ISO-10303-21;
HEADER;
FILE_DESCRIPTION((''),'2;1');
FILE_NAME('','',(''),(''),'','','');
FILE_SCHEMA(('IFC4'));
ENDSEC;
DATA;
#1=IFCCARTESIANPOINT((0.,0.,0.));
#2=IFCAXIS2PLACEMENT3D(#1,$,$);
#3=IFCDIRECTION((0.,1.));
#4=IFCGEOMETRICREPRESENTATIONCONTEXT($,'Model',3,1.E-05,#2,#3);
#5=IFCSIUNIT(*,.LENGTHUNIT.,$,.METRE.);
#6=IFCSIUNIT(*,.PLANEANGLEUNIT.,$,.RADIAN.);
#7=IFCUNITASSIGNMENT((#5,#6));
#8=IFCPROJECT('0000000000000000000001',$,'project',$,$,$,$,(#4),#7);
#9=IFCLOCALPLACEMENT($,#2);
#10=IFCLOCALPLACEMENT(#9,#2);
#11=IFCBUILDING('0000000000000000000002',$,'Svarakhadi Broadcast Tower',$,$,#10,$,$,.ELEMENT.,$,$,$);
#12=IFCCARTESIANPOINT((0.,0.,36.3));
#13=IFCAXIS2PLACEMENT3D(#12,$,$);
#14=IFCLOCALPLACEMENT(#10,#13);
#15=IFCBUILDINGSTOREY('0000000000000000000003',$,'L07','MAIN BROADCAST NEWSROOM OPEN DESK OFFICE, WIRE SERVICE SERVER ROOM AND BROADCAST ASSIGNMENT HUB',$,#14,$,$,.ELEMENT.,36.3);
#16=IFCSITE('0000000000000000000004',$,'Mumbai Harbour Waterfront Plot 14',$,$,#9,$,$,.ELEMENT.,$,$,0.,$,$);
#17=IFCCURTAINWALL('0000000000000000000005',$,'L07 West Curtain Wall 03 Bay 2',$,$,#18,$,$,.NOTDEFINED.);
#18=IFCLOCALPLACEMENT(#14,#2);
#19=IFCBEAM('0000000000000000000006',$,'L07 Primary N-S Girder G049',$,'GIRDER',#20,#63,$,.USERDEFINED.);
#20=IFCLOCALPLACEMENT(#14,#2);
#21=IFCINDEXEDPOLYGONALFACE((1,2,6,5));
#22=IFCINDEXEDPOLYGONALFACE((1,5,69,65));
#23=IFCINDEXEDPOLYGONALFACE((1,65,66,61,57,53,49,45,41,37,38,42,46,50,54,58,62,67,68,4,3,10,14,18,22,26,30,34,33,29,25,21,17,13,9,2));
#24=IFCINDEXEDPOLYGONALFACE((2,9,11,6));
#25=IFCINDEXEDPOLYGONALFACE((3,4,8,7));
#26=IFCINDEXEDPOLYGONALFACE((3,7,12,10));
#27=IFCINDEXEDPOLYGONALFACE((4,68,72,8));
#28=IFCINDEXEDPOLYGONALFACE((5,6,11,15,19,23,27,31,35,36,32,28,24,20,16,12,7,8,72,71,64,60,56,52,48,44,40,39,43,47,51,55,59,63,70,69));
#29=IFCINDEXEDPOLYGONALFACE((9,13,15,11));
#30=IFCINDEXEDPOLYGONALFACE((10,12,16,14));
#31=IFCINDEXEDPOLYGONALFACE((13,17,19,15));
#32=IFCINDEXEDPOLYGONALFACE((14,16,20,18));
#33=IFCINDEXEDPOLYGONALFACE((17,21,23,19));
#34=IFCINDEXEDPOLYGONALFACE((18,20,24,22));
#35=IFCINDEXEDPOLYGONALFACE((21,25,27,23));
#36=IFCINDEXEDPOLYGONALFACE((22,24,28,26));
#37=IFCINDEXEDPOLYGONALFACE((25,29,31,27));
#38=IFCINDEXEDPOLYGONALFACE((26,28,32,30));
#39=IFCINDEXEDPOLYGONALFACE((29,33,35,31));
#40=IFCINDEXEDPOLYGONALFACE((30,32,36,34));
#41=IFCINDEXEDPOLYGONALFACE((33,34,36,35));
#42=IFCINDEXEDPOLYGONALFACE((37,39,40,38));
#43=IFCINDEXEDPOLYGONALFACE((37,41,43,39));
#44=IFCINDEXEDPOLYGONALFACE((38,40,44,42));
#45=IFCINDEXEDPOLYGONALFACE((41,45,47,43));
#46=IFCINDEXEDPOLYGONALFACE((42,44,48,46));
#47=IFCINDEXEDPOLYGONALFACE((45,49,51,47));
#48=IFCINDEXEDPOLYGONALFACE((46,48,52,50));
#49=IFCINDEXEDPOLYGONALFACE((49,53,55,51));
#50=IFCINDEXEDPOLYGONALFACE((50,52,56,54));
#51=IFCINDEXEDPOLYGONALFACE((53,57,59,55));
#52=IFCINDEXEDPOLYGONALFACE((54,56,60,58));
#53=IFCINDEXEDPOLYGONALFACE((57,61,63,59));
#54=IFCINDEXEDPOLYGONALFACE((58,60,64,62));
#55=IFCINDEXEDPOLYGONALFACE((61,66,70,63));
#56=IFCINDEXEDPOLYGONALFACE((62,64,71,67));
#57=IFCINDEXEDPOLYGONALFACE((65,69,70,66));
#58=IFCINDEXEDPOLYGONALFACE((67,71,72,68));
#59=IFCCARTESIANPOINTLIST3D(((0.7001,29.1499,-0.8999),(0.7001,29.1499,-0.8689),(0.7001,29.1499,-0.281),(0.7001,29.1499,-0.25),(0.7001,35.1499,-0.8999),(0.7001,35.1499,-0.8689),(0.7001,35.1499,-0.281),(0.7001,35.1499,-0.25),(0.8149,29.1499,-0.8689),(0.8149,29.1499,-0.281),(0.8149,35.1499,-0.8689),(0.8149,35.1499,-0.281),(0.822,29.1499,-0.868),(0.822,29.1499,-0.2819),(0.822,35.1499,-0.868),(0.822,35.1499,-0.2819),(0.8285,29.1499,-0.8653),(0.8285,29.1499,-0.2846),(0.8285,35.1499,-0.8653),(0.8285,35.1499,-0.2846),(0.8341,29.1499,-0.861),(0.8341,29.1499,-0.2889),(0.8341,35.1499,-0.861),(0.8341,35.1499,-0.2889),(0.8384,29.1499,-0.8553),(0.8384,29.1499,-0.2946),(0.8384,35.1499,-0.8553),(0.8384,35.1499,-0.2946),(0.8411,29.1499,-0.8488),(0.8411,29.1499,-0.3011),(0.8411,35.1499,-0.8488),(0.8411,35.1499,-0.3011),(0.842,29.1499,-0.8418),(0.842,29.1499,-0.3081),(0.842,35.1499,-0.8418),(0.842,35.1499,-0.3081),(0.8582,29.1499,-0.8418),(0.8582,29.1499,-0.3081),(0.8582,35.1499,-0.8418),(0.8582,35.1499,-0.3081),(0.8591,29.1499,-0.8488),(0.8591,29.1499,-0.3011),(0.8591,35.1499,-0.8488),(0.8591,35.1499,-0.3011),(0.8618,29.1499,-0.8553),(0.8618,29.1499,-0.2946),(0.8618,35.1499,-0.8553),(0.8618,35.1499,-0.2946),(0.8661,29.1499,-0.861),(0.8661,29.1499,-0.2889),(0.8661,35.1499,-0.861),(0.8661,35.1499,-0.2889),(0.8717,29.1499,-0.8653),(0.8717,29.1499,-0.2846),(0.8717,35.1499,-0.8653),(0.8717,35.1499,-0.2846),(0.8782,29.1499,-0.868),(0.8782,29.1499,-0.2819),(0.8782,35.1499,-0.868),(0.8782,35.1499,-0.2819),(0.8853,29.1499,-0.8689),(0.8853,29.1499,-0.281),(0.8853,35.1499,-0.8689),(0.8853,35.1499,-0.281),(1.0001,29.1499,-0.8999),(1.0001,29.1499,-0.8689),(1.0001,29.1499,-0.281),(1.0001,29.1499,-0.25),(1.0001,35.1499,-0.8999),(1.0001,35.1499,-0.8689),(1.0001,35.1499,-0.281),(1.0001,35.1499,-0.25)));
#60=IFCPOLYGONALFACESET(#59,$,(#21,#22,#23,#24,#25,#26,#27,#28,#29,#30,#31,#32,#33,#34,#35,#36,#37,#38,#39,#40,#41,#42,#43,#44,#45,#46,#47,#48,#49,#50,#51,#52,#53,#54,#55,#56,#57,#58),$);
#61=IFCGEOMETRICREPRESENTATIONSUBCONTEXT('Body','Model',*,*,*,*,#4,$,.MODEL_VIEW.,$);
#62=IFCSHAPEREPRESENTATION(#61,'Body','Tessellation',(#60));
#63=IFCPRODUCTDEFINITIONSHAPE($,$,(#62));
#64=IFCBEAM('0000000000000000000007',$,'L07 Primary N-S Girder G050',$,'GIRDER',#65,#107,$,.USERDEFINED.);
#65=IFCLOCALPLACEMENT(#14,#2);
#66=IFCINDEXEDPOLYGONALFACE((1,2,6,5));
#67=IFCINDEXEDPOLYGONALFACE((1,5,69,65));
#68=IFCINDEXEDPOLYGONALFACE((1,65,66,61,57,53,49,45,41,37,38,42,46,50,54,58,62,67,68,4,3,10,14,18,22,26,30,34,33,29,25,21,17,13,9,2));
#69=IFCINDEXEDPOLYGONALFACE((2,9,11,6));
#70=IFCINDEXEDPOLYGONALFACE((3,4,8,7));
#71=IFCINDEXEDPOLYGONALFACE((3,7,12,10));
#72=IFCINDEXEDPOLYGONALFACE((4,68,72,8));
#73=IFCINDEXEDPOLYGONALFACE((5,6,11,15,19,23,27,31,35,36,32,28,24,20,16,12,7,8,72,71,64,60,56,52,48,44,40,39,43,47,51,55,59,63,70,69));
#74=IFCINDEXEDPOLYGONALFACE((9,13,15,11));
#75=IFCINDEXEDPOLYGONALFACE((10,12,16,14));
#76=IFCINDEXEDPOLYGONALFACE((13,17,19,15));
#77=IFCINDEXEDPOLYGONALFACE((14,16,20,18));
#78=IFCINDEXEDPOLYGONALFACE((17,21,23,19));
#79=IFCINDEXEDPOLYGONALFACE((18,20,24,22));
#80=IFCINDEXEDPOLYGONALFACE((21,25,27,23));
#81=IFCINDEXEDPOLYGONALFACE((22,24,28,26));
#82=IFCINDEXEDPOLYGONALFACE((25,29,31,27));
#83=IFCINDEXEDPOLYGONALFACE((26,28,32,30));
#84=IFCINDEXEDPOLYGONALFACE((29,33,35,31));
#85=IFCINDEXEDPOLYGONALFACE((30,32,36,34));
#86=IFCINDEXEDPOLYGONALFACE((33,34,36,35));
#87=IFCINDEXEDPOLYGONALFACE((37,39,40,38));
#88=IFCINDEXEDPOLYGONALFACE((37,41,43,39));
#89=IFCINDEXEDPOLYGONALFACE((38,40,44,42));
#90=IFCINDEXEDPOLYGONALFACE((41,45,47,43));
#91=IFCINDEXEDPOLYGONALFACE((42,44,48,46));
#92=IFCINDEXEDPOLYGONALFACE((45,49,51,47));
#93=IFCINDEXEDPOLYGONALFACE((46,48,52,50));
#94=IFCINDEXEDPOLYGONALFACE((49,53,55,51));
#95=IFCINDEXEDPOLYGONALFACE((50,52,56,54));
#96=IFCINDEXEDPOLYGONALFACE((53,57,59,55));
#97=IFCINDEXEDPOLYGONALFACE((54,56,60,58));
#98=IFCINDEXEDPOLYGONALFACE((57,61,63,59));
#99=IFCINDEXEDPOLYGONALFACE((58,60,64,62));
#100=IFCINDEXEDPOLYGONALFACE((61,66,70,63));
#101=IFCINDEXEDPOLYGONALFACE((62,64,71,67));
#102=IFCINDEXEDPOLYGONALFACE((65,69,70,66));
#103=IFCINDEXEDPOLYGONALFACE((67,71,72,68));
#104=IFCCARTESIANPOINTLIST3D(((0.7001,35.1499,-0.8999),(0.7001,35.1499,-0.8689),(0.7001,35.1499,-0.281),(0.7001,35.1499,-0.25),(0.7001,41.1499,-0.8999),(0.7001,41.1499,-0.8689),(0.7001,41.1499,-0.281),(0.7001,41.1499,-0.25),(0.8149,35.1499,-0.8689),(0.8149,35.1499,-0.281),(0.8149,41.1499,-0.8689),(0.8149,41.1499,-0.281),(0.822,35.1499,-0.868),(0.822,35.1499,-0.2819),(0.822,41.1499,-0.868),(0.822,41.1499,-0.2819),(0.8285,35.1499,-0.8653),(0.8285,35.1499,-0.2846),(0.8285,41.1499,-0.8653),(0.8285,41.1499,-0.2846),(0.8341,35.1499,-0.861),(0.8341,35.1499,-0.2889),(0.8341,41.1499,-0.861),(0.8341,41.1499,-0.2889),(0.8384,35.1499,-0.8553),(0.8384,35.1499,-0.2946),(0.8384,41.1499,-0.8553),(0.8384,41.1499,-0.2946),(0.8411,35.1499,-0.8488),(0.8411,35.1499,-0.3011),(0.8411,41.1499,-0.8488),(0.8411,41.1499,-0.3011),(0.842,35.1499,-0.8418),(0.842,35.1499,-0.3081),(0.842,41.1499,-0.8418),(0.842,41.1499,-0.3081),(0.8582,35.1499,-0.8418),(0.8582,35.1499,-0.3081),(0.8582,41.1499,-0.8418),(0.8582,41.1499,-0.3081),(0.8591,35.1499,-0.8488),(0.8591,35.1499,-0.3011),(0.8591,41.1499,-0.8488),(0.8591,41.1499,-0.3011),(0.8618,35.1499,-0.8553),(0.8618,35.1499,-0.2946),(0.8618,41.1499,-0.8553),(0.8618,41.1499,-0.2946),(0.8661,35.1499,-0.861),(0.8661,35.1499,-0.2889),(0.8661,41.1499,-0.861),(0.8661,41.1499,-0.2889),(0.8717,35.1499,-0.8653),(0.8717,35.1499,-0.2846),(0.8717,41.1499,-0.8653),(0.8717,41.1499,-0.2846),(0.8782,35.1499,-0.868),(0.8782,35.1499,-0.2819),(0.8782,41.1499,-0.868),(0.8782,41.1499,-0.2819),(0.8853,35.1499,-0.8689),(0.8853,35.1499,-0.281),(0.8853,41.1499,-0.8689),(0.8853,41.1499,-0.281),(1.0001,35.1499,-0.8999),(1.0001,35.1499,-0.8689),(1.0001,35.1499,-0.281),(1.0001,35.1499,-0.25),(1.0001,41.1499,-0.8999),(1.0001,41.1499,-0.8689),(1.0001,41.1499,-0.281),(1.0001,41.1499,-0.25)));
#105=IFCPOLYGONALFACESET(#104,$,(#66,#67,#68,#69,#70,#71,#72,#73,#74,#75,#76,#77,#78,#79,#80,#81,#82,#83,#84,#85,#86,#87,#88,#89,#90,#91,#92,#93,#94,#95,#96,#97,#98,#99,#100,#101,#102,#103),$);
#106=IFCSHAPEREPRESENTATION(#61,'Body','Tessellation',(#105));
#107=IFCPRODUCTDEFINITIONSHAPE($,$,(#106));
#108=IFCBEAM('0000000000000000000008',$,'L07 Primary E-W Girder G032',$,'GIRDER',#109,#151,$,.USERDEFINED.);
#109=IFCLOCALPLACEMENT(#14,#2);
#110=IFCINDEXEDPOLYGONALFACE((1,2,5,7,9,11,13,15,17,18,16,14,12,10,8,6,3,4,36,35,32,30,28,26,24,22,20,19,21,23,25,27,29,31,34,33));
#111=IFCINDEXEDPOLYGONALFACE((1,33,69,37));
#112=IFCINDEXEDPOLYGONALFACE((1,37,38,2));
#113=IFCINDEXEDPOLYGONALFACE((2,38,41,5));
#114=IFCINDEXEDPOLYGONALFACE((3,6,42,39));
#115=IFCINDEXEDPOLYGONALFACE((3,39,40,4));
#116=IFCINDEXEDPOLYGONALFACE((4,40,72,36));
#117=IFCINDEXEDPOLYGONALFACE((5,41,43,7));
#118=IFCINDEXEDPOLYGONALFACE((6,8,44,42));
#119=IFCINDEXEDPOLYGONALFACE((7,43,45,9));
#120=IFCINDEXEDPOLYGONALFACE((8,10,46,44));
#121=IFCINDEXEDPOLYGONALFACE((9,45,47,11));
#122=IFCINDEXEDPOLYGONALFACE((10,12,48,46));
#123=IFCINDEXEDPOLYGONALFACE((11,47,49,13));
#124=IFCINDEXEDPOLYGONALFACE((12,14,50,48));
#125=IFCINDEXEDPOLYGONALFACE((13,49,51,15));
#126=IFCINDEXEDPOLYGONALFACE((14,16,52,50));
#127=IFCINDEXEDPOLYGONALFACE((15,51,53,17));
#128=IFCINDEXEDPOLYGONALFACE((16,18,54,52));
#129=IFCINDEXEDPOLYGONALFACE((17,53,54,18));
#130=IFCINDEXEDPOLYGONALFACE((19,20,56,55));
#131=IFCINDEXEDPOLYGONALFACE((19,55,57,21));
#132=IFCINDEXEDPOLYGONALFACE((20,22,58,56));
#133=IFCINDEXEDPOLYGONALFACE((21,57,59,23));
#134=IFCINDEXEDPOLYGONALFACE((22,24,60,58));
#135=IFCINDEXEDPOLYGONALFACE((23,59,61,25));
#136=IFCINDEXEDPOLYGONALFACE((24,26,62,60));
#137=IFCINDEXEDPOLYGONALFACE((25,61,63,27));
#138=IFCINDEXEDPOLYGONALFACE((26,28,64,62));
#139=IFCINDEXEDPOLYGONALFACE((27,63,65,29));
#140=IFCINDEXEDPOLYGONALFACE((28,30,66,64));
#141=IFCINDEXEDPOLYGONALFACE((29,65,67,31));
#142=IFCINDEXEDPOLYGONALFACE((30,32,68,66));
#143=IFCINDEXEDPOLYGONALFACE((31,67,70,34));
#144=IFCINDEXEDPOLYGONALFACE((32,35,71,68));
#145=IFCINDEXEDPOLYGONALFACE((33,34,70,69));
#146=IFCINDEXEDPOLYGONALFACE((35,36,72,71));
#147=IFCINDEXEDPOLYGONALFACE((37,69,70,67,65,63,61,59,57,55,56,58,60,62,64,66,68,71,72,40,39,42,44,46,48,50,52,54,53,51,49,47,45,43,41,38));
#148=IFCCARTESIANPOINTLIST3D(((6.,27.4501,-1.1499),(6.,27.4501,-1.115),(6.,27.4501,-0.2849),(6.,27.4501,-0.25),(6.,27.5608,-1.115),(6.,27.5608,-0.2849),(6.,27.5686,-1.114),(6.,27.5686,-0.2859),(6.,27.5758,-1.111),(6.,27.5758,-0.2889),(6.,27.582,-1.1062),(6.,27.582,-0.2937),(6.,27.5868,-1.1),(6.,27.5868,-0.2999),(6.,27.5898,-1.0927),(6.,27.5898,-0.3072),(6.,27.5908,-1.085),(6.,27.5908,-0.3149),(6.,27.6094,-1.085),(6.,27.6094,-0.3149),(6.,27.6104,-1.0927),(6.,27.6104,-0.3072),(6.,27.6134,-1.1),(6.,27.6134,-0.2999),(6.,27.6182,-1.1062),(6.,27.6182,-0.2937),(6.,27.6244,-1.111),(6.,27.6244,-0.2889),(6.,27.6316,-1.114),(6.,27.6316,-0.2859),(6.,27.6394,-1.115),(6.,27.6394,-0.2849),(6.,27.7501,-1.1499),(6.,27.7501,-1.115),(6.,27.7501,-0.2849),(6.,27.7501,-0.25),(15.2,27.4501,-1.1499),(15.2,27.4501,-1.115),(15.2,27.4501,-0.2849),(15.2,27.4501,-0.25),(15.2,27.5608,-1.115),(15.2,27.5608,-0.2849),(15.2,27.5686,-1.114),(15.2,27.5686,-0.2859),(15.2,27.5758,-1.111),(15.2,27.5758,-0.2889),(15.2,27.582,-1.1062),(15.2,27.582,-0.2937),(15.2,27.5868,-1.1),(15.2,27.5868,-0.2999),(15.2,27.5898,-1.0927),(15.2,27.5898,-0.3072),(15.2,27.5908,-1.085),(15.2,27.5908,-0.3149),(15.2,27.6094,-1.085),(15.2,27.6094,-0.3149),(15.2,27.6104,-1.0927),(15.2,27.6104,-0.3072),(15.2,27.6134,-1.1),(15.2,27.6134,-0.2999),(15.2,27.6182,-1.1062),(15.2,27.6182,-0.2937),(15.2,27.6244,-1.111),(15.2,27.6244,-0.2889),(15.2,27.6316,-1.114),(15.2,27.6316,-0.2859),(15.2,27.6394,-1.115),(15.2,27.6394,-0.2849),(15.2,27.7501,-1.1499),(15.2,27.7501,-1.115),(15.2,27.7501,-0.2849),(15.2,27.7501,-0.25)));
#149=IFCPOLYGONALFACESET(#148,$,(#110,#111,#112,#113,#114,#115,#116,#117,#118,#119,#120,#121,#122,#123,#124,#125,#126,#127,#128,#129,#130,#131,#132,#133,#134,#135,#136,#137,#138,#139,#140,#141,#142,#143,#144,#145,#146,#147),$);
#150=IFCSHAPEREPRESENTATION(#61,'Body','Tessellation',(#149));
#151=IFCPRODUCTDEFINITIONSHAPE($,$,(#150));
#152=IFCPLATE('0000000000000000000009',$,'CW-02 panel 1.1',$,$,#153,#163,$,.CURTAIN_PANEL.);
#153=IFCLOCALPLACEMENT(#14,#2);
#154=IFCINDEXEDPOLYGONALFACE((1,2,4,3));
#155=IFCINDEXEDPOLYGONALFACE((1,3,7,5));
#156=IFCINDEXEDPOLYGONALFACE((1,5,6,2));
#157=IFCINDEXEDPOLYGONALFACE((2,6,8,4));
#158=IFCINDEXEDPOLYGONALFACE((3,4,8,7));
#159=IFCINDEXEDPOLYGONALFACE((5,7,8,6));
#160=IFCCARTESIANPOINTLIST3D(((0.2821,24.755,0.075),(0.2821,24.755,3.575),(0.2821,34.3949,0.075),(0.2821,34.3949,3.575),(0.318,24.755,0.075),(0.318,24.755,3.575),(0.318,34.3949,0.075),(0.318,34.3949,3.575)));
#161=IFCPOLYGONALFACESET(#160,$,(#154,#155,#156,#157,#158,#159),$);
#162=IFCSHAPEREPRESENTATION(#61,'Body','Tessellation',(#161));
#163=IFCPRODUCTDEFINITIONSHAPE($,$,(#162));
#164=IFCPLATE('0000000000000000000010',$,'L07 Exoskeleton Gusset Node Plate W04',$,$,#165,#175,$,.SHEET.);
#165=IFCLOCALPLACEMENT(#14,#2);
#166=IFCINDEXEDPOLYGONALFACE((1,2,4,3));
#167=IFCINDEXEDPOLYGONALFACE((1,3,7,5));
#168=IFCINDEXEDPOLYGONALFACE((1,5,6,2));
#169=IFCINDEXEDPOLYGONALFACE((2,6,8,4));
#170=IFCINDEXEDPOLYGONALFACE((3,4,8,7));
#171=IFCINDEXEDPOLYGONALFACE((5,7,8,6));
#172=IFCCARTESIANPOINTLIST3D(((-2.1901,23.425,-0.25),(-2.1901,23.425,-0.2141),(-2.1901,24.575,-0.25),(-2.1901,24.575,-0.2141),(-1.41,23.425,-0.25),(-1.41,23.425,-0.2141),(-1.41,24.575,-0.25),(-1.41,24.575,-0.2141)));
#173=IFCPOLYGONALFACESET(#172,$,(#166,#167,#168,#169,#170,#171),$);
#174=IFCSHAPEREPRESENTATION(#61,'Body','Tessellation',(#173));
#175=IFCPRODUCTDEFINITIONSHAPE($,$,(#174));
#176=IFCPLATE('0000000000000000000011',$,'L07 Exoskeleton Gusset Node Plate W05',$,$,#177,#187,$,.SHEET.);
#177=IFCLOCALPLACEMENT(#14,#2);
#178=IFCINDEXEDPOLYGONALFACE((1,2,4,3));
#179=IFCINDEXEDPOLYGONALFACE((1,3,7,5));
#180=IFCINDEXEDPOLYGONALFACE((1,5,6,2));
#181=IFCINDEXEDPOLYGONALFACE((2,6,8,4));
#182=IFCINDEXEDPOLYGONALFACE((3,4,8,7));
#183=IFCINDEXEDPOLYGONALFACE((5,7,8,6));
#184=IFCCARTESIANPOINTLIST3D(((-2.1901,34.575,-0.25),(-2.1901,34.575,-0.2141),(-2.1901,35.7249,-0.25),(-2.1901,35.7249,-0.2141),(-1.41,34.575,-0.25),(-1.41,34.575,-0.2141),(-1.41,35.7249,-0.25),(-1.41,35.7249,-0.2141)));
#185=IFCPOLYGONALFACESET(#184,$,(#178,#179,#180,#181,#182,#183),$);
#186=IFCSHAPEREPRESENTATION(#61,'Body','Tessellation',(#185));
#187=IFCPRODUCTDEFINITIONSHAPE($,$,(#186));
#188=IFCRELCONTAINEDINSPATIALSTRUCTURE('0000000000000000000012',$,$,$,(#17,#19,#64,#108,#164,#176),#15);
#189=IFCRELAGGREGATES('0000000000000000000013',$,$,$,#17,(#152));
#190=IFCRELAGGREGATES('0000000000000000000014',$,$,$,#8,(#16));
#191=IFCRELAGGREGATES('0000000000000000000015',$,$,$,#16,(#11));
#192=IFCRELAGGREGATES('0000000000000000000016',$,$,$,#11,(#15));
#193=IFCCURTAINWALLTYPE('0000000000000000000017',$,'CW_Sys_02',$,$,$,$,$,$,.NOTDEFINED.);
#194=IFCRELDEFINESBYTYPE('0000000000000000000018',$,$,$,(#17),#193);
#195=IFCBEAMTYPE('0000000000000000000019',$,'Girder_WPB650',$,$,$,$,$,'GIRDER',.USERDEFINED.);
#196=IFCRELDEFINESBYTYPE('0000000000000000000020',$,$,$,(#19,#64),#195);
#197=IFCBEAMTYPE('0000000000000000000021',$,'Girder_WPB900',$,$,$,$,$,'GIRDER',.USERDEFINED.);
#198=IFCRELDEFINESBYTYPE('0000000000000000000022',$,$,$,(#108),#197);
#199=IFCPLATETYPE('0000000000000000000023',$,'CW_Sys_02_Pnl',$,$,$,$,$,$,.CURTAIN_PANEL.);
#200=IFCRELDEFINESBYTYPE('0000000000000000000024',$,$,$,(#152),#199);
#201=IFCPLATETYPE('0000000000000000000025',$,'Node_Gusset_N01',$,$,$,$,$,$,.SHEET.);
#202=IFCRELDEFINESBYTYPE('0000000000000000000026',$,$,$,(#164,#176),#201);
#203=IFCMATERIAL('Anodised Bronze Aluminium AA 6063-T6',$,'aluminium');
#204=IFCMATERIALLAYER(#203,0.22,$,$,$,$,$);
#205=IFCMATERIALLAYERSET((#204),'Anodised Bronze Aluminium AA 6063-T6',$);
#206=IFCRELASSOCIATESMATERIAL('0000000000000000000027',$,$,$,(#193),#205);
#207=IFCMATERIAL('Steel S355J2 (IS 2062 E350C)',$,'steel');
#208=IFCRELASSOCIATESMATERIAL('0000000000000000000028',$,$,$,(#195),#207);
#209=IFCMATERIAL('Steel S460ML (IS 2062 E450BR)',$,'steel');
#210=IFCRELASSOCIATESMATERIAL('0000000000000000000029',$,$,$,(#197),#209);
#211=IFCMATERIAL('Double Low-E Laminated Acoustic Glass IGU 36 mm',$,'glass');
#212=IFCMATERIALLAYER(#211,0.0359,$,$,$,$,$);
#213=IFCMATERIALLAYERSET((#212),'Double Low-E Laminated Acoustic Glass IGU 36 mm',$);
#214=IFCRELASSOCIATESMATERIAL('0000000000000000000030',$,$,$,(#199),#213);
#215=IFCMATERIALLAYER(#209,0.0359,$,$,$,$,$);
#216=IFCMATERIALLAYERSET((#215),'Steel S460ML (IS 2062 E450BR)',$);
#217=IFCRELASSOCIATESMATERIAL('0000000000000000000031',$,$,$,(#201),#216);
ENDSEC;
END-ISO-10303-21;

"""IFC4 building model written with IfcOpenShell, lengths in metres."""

from ifc_helpers import new_model, si_unit, direction, frame, origin, origin_2d, place, context, subcontext, project, spatial, rectangle, i_section, extrude, material, layer, layer_set, material_profile, profile_set, type_object, element, aggregate, save


model = new_model("IFC4")

# Units and contexts
model_context = context("Model", 3, precision=1e-05, world=origin(), true_north=direction((0.0, 1.0)))
body_context = subcontext(model_context, "Body", "Model", "MODEL_VIEW")
ifc_project = project(units=[si_unit("LENGTHUNIT", "METRE"), si_unit("PLANEANGLEUNIT", "RADIAN")], contexts=[model_context])

# Site, building, storey
site_placement = place(None, origin())
site = spatial("IfcSite", under=ifc_project, at=site_placement, Name="Mumbai Harbour Waterfront Plot 14", CompositionType="ELEMENT", RefElevation=0.0)
building_placement = place(site_placement, origin())
building = spatial("IfcBuilding", under=site, at=building_placement, Name="Svarakhadi Broadcast Tower", CompositionType="ELEMENT")
storey_placement = place(building_placement, frame((0.0, 0.0, 36.3)))
storey = spatial("IfcBuildingStorey", under=building, at=storey_placement, Name="L07", Description="MAIN BROADCAST NEWSROOM OPEN DESK OFFICE, WIRE SERVICE SERVER ROOM AND BROADCAST ASSIGNMENT HUB", CompositionType="ELEMENT", Elevation=36.3)

# Shared definitions
ifc_material_1 = material(Name="Steel S460ML (IS 2062 E450BR)", Category="steel")

# Shared definitions
ifc_material_2 = material(Name="Steel S355J2 (IS 2062 E350C)", Category="steel")

# Curtain wall
ifc_material_3 = material(Name="Anodised Bronze Aluminium AA 6063-T6", Category="aluminium")
ifc_layer_1 = layer(ifc_material_3, 0.22)
ifc_layer_set_1 = layer_set([ifc_layer_1], Name="Anodised Bronze Aluminium AA 6063-T6")
curtain_wall_type = type_object("IfcCurtainWallType", Name="CW_Sys_02", PredefinedType="NOTDEFINED", material=ifc_layer_set_1)
curtain_wall_placement = place(storey_placement, origin())
curtain_wall = element("IfcCurtainWall", 1, at=curtain_wall_placement, inside=storey, type_object=curtain_wall_type, Name="L07 West Curtain Wall 03 Bay 2", PredefinedType="NOTDEFINED")

# Beams
ifc_material_profile_1 = material_profile(ifc_material_2, i_section(OverallWidth=0.3, OverallDepth=0.6499, WebThickness=0.0161, FlangeThickness=0.031, FilletRadius=0.0271, at=origin_2d()), Name="WPB 650x300x225")
ifc_profile_set_1 = profile_set([ifc_material_profile_1], Name="Steel S355J2 (IS 2062 E350C)")
beam_type_1 = type_object("IfcBeamType", Name="Girder_WPB650", ElementType="GIRDER", PredefinedType="USERDEFINED", material=ifc_profile_set_1)
for number, where, z_axis, x_axis, name in (
    (2, (0.8501, 29.1499, -0.575), (0.0, 1.0, 0.0), (-1.0, 0.0, 0.0), "L07 Primary N-S Girder G049"),
    (3, (0.8501, 35.1499, -0.575), (0.0, 1.0, 0.0), (-1.0, 0.0, 0.0), "L07 Primary N-S Girder G050"),
):
    element("IfcBeam", number, at=place(storey_placement, frame(where, z_axis=z_axis, x_axis=x_axis)), inside=storey, type_object=beam_type_1, Name=name, ObjectType="GIRDER", PredefinedType="USERDEFINED", context=body_context, shape_type="SweptSolid", body=[
        extrude(i_section(OverallWidth=0.3, OverallDepth=0.6499, WebThickness=0.0161, FlangeThickness=0.031, FilletRadius=0.0271, at=origin_2d()), origin(), (0.0, 0.0, 1.0), 6.0),
    ])
ifc_material_profile_2 = material_profile(ifc_material_1, i_section(OverallWidth=0.3, OverallDepth=0.8999, WebThickness=0.0186, FlangeThickness=0.0349, FilletRadius=0.03, at=origin_2d()), Name="WPB 900x300x291")
ifc_profile_set_2 = profile_set([ifc_material_profile_2], Name="Steel S460ML (IS 2062 E450BR)")
beam_type_2 = type_object("IfcBeamType", Name="Girder_WPB900", ElementType="GIRDER", PredefinedType="USERDEFINED", material=ifc_profile_set_2)
beam_placement = place(storey_placement, frame((6.0, 27.6001, -0.7), z_axis=(1.0, 0.0, 0.0), x_axis=(0.0, 1.0, 0.0)))
element("IfcBeam", 4, at=beam_placement, inside=storey, type_object=beam_type_2, Name="L07 Primary E-W Girder G032", ObjectType="GIRDER", PredefinedType="USERDEFINED", context=body_context, shape_type="SweptSolid", body=[
    extrude(i_section(OverallWidth=0.3, OverallDepth=0.8999, WebThickness=0.0186, FlangeThickness=0.0349, FilletRadius=0.03, at=origin_2d()), origin(), (0.0, 0.0, 1.0), 9.2),
])

# Plate
ifc_material_4 = material(Name="Double Low-E Laminated Acoustic Glass IGU 36 mm", Category="glass")
ifc_layer_2 = layer(ifc_material_4, 0.0359)
ifc_layer_set_2 = layer_set([ifc_layer_2], Name="Double Low-E Laminated Acoustic Glass IGU 36 mm")
plate_type_1 = type_object("IfcPlateType", Name="CW_Sys_02_Pnl", PredefinedType="CURTAIN_PANEL", material=ifc_layer_set_2)
plate_placement = place(storey_placement, frame((0.3, 29.575, 0.075), z_axis=(0.0, 0.0, 1.0), x_axis=(0.0, 1.0, 0.0)))
plate = element("IfcPlate", 5, at=plate_placement, type_object=plate_type_1, Name="CW-02 panel 1.1", PredefinedType="CURTAIN_PANEL", context=body_context, shape_type="SweptSolid", body=[
    extrude(rectangle(XDim=9.6399, YDim=0.0359, at=origin_2d()), origin(), (0.0, 0.0, 1.0), 3.5),
])
aggregate(curtain_wall, [plate])

# Plates
ifc_layer_3 = layer(ifc_material_1, 0.0359)
ifc_layer_set_3 = layer_set([ifc_layer_3], Name="Steel S460ML (IS 2062 E450BR)")
plate_type_2 = type_object("IfcPlateType", Name="Node_Gusset_N01", PredefinedType="SHEET", material=ifc_layer_set_3)
for number, where, z_axis, x_axis, name in (
    (6, (-1.8, 24.0, -0.25), (0.0, 0.0, 1.0), (0.0, 1.0, 0.0), "L07 Exoskeleton Gusset Node Plate W04"),
    (7, (-1.8, 35.1499, -0.25), (0.0, 0.0, 1.0), (0.0, 1.0, 0.0), "L07 Exoskeleton Gusset Node Plate W05"),
):
    element("IfcPlate", number, at=place(storey_placement, frame(where, z_axis=z_axis, x_axis=x_axis)), inside=storey, type_object=plate_type_2, Name=name, PredefinedType="SHEET", context=body_context, shape_type="SweptSolid", body=[
        extrude(rectangle(XDim=1.1499, YDim=0.78, at=origin_2d()), origin(), (0.0, 0.0, 1.0), 0.0359),
    ])

save(model, "model.ifc")
